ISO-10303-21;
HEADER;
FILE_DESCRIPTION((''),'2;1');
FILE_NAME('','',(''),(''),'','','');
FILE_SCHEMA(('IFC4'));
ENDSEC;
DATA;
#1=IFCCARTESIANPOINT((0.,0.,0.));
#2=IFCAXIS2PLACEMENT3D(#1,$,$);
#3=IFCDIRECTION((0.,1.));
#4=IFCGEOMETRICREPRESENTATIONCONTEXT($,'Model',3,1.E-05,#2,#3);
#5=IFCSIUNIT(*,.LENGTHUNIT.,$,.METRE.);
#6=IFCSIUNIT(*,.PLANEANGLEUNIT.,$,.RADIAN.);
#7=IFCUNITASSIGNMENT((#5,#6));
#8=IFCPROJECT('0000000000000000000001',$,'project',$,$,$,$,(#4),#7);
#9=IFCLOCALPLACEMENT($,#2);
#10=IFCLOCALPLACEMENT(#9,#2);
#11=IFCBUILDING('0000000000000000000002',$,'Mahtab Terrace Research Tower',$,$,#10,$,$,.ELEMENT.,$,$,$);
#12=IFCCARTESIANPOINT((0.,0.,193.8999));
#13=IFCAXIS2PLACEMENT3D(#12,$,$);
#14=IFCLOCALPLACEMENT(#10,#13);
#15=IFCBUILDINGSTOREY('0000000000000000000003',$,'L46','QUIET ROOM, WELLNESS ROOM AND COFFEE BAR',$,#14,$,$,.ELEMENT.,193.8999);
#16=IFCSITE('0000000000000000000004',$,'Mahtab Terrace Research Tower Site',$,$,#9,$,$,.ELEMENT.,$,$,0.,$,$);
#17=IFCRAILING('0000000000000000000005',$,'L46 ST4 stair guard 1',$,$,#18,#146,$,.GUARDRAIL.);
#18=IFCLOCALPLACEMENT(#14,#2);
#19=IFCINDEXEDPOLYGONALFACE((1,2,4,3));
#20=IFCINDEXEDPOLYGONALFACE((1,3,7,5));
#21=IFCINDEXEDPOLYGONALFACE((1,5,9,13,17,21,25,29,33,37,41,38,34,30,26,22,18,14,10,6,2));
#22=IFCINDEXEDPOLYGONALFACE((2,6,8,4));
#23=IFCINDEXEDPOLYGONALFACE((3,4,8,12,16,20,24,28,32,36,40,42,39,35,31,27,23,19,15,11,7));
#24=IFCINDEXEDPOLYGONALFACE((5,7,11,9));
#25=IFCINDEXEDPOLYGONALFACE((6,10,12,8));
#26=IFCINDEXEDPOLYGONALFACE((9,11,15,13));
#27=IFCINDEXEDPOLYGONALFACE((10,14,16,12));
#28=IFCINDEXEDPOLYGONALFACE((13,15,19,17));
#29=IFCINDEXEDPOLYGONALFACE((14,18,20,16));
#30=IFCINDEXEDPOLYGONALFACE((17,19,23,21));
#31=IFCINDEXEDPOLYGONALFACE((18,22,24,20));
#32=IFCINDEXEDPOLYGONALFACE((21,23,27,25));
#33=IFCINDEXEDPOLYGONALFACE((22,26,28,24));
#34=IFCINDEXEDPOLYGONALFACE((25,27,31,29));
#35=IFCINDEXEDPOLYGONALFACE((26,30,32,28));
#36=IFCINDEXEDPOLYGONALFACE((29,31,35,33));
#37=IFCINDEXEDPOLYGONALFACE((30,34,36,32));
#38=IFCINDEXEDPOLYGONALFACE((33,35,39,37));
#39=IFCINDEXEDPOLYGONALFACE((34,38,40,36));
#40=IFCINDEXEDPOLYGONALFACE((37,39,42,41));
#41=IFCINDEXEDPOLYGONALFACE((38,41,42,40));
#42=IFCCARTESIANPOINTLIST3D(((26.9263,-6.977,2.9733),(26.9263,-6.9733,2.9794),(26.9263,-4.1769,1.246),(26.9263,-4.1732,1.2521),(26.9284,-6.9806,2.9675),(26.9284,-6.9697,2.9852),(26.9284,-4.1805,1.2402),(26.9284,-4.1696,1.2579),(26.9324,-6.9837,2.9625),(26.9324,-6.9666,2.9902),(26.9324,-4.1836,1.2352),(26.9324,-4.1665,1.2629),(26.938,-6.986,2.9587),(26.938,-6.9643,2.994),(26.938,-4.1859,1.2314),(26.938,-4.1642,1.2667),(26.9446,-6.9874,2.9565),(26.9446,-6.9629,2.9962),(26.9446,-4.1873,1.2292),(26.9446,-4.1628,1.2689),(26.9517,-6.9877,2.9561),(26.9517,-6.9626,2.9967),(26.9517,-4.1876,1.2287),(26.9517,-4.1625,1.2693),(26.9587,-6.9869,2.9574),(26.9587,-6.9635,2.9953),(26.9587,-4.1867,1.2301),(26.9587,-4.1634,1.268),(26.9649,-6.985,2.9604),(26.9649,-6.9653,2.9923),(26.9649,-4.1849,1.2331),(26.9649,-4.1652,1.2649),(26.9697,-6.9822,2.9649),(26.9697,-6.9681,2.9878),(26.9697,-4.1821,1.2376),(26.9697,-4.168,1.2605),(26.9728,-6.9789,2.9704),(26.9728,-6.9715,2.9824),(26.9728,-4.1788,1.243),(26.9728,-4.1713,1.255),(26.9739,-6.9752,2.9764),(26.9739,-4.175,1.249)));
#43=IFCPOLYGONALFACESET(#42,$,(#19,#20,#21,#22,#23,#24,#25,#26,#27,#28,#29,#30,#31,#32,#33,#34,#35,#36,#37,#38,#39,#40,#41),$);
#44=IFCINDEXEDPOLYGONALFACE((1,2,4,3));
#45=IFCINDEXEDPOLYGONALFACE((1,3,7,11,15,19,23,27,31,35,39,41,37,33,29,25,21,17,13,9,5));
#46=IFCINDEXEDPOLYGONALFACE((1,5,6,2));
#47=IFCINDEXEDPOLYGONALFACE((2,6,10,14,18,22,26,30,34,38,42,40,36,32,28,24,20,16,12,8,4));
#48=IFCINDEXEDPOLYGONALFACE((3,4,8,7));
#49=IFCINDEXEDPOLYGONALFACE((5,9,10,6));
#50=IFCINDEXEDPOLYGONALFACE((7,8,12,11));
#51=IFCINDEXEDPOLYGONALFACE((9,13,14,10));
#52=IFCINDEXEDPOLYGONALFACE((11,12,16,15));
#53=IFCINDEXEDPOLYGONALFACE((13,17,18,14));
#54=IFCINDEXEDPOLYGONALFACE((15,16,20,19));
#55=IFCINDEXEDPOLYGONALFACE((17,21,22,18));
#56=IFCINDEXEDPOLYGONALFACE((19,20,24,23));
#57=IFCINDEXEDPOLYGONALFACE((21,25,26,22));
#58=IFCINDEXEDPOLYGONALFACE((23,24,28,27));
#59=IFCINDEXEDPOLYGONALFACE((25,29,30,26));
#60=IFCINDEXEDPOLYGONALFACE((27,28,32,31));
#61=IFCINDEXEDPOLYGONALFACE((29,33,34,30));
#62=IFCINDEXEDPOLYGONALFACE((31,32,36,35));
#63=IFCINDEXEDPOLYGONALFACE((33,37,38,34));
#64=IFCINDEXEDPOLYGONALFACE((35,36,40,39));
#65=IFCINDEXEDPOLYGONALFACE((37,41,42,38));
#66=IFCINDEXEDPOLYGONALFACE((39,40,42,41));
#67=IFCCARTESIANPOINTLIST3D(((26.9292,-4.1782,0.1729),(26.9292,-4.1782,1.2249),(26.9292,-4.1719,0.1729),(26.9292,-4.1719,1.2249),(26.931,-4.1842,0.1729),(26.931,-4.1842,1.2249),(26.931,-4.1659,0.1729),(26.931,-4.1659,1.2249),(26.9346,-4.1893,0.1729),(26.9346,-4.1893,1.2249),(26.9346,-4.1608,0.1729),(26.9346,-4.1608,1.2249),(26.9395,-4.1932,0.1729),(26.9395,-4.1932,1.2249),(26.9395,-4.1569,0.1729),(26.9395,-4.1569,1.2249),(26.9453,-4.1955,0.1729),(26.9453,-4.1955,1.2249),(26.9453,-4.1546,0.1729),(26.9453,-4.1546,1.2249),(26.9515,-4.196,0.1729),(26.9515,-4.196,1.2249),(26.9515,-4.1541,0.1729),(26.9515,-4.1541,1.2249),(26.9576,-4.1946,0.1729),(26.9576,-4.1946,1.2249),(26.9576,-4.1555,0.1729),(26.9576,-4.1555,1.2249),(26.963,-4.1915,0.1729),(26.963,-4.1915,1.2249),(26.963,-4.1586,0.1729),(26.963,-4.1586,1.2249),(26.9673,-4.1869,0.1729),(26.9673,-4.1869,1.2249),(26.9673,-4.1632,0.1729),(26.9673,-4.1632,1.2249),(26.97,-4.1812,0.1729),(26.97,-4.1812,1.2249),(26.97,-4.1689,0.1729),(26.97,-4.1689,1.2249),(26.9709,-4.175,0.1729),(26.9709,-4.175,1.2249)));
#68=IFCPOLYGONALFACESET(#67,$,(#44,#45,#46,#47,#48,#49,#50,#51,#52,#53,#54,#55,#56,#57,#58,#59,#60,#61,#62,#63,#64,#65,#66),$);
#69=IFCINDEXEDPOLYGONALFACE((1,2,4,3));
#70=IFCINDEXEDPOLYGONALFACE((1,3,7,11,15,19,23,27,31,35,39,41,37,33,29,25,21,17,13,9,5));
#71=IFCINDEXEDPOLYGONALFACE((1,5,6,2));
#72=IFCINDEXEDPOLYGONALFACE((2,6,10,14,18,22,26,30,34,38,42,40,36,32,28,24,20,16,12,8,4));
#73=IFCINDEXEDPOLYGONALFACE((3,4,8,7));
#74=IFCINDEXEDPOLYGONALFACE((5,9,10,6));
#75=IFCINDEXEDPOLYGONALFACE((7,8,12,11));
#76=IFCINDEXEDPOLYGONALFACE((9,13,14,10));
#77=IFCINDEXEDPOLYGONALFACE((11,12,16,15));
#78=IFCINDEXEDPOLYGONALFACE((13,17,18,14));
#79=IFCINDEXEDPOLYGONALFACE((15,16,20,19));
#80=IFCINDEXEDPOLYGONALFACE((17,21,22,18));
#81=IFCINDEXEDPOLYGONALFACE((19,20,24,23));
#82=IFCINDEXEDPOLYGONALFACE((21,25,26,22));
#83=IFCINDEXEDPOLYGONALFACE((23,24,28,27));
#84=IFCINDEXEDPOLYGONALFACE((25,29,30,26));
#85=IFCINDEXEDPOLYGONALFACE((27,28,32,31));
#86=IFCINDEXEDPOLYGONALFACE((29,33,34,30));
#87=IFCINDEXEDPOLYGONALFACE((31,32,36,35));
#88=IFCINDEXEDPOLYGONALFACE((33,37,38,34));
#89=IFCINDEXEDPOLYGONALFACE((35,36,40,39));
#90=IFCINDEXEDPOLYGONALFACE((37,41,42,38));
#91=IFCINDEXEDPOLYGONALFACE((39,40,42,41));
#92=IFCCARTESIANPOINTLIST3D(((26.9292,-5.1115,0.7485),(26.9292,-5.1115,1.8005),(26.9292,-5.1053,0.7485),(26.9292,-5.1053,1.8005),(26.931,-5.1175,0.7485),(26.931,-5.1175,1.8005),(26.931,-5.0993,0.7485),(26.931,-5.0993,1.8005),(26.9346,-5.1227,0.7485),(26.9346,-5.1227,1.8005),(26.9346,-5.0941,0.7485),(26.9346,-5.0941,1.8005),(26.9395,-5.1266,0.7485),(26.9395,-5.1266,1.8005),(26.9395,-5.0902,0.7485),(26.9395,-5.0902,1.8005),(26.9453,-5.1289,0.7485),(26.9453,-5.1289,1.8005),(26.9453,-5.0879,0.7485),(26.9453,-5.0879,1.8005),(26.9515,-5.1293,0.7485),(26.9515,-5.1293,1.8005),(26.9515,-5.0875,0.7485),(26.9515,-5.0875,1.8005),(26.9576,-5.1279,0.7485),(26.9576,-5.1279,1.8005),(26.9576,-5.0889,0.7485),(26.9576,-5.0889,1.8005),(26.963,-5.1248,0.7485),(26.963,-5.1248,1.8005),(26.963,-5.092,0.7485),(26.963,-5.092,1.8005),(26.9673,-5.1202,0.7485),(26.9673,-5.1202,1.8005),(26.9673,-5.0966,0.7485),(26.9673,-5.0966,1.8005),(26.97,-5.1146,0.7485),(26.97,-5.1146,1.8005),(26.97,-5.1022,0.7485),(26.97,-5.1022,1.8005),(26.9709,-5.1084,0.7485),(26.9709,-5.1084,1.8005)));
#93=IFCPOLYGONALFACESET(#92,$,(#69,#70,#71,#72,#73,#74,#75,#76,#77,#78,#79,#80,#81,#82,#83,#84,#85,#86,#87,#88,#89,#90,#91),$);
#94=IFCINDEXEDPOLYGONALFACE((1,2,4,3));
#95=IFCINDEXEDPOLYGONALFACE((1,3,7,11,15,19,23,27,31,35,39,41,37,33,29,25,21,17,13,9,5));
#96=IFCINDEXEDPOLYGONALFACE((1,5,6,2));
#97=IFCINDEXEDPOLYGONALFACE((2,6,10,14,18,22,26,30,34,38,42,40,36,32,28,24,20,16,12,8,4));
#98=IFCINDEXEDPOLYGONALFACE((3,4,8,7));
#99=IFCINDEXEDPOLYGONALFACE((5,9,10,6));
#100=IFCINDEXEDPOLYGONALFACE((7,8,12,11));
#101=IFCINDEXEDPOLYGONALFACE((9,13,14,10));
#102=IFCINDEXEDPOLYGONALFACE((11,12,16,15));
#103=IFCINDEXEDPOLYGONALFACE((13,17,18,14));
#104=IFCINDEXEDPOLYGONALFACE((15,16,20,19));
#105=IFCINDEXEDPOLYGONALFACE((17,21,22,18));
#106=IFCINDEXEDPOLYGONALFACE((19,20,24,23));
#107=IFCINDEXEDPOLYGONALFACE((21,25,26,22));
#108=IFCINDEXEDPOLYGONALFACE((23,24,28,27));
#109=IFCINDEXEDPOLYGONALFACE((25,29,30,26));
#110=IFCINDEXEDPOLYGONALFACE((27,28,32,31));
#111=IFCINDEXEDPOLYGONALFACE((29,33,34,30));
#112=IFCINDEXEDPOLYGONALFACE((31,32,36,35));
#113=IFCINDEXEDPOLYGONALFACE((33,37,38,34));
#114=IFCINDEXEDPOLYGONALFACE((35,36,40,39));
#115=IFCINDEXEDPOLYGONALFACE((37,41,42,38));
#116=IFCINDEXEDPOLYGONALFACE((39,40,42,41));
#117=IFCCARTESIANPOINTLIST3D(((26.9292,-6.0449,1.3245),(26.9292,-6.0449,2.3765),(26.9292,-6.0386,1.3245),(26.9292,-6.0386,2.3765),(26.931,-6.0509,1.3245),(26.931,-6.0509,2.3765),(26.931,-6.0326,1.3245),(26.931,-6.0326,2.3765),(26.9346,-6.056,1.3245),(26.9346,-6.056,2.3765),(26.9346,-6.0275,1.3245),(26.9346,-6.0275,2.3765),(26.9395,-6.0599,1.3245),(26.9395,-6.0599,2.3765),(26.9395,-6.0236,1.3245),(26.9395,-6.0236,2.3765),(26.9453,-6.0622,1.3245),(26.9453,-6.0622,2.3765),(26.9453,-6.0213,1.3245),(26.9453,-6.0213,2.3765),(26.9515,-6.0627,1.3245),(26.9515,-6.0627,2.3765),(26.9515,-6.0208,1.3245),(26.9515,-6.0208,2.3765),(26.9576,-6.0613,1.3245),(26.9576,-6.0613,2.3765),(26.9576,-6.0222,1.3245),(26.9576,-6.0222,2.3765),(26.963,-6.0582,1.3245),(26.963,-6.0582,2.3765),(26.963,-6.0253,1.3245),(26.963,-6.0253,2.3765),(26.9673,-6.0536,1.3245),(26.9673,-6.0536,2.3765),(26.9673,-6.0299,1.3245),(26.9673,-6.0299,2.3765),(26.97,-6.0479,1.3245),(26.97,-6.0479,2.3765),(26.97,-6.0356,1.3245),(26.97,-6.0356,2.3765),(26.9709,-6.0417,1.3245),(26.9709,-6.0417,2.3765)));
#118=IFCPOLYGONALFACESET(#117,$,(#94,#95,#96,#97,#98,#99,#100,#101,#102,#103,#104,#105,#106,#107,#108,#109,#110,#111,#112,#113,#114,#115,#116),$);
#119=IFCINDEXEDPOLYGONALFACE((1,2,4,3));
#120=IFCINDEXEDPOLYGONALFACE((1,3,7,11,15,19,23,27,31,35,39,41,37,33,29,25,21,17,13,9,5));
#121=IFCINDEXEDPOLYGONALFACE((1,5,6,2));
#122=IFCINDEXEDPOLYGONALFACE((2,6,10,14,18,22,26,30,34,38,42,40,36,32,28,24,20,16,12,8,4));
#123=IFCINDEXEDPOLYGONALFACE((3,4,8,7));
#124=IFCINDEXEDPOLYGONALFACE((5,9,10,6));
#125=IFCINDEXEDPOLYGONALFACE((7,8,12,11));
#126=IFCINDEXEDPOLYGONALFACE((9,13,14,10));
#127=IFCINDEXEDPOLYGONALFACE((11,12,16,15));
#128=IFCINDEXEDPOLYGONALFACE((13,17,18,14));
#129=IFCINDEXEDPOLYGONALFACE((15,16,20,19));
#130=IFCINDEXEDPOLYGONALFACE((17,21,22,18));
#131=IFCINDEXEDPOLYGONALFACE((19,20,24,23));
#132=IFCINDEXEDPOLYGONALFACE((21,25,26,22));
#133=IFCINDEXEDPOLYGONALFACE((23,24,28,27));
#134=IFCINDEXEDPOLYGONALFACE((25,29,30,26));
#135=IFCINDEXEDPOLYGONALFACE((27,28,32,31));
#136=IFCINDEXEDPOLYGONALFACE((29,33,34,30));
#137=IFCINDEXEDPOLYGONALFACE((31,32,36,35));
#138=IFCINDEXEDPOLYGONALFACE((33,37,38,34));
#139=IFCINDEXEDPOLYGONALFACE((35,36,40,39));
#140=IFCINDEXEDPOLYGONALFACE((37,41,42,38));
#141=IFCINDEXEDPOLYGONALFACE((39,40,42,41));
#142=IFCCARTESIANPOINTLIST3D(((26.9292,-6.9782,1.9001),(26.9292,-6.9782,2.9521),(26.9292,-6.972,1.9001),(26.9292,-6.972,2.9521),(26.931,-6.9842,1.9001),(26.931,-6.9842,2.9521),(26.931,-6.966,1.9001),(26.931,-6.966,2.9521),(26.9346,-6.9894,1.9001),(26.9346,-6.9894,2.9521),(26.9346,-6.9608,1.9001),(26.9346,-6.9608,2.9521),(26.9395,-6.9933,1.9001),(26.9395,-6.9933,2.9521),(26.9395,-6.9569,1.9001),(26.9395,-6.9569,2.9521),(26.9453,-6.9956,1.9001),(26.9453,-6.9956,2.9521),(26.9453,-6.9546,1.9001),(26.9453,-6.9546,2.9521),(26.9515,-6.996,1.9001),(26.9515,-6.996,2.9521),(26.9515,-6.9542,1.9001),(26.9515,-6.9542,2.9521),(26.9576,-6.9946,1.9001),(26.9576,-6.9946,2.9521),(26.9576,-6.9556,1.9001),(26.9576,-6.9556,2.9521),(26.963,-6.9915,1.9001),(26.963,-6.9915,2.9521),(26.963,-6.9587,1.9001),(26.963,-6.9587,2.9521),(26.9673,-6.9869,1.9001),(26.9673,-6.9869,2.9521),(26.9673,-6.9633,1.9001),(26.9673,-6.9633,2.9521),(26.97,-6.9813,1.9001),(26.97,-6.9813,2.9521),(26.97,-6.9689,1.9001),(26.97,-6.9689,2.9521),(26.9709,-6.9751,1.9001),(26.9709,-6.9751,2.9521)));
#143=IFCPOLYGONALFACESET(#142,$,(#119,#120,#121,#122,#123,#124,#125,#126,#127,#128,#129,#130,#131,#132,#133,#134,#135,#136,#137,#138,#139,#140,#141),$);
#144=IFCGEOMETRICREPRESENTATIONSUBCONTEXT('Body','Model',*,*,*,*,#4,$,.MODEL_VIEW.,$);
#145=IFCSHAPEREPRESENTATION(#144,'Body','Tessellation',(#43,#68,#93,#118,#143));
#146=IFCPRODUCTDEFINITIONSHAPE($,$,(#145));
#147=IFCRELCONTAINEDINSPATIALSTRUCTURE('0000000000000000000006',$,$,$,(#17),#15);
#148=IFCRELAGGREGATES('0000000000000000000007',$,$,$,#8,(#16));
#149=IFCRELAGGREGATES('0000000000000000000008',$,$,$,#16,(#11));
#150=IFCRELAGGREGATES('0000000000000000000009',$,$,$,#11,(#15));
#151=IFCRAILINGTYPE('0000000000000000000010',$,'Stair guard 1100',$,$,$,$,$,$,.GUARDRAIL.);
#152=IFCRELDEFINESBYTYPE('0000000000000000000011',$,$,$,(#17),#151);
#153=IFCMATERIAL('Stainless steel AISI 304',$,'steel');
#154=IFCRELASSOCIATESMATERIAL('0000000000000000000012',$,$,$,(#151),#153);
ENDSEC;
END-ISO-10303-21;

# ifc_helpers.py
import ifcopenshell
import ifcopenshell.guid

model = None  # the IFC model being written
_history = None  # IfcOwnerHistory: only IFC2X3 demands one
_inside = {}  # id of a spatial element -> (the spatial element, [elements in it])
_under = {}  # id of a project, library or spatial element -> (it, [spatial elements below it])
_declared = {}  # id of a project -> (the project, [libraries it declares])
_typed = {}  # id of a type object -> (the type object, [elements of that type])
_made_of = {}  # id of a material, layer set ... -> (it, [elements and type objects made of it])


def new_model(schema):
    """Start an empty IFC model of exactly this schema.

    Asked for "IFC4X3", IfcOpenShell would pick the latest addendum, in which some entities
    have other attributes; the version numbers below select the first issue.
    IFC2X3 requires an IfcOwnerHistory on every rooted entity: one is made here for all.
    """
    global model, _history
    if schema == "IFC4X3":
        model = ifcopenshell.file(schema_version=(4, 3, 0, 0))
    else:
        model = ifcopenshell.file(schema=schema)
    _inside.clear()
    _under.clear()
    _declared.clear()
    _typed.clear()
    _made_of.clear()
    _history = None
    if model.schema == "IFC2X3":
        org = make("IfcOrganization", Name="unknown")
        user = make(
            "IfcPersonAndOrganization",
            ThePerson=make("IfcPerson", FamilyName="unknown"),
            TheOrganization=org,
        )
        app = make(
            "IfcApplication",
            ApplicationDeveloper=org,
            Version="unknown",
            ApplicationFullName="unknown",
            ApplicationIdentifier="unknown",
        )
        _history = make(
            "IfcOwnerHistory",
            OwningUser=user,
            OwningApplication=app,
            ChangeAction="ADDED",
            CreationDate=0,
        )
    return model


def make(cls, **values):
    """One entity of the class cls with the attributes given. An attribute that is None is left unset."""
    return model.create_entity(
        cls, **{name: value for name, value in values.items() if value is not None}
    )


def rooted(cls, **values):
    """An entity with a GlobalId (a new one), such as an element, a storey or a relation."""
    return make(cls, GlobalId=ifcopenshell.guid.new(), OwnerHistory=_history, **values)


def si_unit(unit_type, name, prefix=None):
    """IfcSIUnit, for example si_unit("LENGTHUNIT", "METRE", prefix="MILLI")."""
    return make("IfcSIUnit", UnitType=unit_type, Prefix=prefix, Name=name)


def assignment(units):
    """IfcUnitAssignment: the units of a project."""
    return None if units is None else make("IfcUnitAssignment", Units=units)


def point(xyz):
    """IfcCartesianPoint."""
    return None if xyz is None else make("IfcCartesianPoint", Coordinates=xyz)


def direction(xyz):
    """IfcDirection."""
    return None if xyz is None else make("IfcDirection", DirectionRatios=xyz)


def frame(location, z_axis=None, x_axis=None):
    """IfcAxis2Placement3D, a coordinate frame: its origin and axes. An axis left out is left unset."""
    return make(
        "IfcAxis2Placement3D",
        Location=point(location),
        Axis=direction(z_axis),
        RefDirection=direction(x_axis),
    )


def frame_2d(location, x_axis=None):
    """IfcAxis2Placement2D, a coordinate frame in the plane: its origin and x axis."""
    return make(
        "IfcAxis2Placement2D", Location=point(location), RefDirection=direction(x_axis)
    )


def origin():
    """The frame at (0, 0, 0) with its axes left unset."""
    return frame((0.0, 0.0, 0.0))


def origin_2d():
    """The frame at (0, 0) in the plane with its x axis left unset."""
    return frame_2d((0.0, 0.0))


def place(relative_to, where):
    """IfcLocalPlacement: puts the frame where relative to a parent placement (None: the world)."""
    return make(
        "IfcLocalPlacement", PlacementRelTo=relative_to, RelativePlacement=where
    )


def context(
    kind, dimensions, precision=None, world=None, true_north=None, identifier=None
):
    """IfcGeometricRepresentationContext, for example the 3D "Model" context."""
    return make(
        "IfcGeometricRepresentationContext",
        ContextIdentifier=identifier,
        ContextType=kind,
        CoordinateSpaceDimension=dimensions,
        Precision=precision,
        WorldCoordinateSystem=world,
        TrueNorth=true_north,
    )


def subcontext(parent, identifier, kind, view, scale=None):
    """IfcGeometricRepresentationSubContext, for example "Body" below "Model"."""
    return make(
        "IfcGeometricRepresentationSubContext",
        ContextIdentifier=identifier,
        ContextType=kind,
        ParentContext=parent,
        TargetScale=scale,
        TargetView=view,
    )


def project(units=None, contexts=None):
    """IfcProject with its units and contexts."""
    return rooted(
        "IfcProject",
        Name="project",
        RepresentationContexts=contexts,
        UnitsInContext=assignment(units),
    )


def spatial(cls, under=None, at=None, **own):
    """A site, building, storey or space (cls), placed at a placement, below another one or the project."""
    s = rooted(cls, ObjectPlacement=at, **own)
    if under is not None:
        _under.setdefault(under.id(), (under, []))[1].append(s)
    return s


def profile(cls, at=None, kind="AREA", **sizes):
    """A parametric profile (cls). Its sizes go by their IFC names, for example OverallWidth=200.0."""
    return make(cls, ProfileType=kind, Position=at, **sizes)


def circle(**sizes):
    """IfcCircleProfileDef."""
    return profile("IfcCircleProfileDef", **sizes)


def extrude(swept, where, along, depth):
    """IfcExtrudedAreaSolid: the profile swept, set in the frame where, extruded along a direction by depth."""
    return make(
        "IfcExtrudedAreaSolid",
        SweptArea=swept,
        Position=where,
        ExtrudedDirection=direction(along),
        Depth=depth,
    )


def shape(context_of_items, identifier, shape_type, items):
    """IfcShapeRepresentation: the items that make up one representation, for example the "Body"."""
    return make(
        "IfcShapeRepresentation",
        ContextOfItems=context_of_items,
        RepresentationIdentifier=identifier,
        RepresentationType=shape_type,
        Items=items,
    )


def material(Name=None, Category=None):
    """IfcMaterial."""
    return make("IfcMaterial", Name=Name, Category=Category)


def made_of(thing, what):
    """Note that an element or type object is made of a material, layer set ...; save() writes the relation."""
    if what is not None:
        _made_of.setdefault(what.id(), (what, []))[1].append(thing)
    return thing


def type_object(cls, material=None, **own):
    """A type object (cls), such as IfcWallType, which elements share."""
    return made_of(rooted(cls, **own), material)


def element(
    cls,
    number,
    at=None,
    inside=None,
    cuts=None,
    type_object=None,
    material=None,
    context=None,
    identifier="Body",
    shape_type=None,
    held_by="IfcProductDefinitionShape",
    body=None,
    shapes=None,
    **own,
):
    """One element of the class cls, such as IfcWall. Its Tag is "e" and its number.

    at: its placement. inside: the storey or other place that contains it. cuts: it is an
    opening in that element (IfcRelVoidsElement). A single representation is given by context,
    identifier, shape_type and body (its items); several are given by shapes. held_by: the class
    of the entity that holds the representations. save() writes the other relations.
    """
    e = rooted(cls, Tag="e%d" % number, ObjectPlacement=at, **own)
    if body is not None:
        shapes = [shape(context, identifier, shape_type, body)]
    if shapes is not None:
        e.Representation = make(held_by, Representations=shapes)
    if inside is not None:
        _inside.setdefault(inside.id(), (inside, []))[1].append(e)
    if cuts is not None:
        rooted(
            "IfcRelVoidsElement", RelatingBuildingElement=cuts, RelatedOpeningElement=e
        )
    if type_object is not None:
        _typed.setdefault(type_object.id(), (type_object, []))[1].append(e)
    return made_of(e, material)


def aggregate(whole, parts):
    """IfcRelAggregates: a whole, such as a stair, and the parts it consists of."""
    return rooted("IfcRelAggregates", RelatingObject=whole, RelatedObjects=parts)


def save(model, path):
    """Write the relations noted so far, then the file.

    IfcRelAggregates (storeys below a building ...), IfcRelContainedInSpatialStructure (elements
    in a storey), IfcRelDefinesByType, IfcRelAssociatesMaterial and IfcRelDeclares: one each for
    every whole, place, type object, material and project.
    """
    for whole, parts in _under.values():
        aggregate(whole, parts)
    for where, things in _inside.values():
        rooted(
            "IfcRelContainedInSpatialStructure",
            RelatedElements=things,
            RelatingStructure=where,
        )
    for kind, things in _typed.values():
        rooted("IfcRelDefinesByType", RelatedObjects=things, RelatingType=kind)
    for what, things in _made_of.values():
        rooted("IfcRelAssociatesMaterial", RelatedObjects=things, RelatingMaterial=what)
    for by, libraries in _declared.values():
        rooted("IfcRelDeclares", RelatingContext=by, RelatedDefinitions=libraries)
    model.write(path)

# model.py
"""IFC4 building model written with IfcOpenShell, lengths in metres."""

from ifc_helpers import new_model, si_unit, direction, frame, origin, origin_2d, place, context, subcontext, project, spatial, circle, extrude, material, type_object, element, save


model = new_model("IFC4")

# Units and contexts
model_context = context("Model", 3, precision=1e-05, world=origin(), true_north=direction((0.0, 1.0)))
body_context = subcontext(model_context, "Body", "Model", "MODEL_VIEW")
ifc_project = project(units=[si_unit("LENGTHUNIT", "METRE"), si_unit("PLANEANGLEUNIT", "RADIAN")], contexts=[model_context])

# Site, building, storey
site_placement = place(None, origin())
site = spatial("IfcSite", under=ifc_project, at=site_placement, Name="Mahtab Terrace Research Tower Site", CompositionType="ELEMENT", RefElevation=0.0)
building_placement = place(site_placement, origin())
building = spatial("IfcBuilding", under=site, at=building_placement, Name="Mahtab Terrace Research Tower", CompositionType="ELEMENT")
storey_placement = place(building_placement, frame((0.0, 0.0, 193.8999)))
storey = spatial("IfcBuildingStorey", under=building, at=storey_placement, Name="L46", Description="QUIET ROOM, WELLNESS ROOM AND COFFEE BAR", CompositionType="ELEMENT", Elevation=193.8999)

# Shared definitions
ifc_material_1 = material(Name="Stainless steel AISI 304", Category="steel")

# Railing
railing_type_1 = type_object("IfcRailingType", Name="Stair guard 1100", PredefinedType="GUARDRAIL", material=ifc_material_1)
railing_1_placement = place(storey_placement, frame((26.95, -4.175, 0.1729)))
element("IfcRailing", 1, at=railing_1_placement, inside=storey, type_object=railing_type_1, Name="L46 ST4 stair guard 1", PredefinedType="GUARDRAIL", context=body_context, shape_type="SweptSolid", body=[
    extrude(circle(Radius=0.0239, at=origin_2d()), frame((0.0, 0.0, 1.0762), z_axis=(0.0, -0.85109, 0.52502), x_axis=(1.0, 0.0, 0.0)), (0.0, 0.0, 1.0), 3.29),
    extrude(circle(Radius=0.021, at=origin_2d()), origin(), (0.0, 0.0, 1.0), 1.052),
    extrude(circle(Radius=0.021, at=origin_2d()), frame((0.0, -0.9333, 0.5757)), (0.0, 0.0, 1.0), 1.052),
    extrude(circle(Radius=0.021, at=origin_2d()), frame((0.0, -1.8667, 1.1516)), (0.0, 0.0, 1.0), 1.052),
    extrude(circle(Radius=0.021, at=origin_2d()), frame((0.0, -2.8, 1.7273)), (0.0, 0.0, 1.0), 1.052),
])

save(model, "model.ifc")
